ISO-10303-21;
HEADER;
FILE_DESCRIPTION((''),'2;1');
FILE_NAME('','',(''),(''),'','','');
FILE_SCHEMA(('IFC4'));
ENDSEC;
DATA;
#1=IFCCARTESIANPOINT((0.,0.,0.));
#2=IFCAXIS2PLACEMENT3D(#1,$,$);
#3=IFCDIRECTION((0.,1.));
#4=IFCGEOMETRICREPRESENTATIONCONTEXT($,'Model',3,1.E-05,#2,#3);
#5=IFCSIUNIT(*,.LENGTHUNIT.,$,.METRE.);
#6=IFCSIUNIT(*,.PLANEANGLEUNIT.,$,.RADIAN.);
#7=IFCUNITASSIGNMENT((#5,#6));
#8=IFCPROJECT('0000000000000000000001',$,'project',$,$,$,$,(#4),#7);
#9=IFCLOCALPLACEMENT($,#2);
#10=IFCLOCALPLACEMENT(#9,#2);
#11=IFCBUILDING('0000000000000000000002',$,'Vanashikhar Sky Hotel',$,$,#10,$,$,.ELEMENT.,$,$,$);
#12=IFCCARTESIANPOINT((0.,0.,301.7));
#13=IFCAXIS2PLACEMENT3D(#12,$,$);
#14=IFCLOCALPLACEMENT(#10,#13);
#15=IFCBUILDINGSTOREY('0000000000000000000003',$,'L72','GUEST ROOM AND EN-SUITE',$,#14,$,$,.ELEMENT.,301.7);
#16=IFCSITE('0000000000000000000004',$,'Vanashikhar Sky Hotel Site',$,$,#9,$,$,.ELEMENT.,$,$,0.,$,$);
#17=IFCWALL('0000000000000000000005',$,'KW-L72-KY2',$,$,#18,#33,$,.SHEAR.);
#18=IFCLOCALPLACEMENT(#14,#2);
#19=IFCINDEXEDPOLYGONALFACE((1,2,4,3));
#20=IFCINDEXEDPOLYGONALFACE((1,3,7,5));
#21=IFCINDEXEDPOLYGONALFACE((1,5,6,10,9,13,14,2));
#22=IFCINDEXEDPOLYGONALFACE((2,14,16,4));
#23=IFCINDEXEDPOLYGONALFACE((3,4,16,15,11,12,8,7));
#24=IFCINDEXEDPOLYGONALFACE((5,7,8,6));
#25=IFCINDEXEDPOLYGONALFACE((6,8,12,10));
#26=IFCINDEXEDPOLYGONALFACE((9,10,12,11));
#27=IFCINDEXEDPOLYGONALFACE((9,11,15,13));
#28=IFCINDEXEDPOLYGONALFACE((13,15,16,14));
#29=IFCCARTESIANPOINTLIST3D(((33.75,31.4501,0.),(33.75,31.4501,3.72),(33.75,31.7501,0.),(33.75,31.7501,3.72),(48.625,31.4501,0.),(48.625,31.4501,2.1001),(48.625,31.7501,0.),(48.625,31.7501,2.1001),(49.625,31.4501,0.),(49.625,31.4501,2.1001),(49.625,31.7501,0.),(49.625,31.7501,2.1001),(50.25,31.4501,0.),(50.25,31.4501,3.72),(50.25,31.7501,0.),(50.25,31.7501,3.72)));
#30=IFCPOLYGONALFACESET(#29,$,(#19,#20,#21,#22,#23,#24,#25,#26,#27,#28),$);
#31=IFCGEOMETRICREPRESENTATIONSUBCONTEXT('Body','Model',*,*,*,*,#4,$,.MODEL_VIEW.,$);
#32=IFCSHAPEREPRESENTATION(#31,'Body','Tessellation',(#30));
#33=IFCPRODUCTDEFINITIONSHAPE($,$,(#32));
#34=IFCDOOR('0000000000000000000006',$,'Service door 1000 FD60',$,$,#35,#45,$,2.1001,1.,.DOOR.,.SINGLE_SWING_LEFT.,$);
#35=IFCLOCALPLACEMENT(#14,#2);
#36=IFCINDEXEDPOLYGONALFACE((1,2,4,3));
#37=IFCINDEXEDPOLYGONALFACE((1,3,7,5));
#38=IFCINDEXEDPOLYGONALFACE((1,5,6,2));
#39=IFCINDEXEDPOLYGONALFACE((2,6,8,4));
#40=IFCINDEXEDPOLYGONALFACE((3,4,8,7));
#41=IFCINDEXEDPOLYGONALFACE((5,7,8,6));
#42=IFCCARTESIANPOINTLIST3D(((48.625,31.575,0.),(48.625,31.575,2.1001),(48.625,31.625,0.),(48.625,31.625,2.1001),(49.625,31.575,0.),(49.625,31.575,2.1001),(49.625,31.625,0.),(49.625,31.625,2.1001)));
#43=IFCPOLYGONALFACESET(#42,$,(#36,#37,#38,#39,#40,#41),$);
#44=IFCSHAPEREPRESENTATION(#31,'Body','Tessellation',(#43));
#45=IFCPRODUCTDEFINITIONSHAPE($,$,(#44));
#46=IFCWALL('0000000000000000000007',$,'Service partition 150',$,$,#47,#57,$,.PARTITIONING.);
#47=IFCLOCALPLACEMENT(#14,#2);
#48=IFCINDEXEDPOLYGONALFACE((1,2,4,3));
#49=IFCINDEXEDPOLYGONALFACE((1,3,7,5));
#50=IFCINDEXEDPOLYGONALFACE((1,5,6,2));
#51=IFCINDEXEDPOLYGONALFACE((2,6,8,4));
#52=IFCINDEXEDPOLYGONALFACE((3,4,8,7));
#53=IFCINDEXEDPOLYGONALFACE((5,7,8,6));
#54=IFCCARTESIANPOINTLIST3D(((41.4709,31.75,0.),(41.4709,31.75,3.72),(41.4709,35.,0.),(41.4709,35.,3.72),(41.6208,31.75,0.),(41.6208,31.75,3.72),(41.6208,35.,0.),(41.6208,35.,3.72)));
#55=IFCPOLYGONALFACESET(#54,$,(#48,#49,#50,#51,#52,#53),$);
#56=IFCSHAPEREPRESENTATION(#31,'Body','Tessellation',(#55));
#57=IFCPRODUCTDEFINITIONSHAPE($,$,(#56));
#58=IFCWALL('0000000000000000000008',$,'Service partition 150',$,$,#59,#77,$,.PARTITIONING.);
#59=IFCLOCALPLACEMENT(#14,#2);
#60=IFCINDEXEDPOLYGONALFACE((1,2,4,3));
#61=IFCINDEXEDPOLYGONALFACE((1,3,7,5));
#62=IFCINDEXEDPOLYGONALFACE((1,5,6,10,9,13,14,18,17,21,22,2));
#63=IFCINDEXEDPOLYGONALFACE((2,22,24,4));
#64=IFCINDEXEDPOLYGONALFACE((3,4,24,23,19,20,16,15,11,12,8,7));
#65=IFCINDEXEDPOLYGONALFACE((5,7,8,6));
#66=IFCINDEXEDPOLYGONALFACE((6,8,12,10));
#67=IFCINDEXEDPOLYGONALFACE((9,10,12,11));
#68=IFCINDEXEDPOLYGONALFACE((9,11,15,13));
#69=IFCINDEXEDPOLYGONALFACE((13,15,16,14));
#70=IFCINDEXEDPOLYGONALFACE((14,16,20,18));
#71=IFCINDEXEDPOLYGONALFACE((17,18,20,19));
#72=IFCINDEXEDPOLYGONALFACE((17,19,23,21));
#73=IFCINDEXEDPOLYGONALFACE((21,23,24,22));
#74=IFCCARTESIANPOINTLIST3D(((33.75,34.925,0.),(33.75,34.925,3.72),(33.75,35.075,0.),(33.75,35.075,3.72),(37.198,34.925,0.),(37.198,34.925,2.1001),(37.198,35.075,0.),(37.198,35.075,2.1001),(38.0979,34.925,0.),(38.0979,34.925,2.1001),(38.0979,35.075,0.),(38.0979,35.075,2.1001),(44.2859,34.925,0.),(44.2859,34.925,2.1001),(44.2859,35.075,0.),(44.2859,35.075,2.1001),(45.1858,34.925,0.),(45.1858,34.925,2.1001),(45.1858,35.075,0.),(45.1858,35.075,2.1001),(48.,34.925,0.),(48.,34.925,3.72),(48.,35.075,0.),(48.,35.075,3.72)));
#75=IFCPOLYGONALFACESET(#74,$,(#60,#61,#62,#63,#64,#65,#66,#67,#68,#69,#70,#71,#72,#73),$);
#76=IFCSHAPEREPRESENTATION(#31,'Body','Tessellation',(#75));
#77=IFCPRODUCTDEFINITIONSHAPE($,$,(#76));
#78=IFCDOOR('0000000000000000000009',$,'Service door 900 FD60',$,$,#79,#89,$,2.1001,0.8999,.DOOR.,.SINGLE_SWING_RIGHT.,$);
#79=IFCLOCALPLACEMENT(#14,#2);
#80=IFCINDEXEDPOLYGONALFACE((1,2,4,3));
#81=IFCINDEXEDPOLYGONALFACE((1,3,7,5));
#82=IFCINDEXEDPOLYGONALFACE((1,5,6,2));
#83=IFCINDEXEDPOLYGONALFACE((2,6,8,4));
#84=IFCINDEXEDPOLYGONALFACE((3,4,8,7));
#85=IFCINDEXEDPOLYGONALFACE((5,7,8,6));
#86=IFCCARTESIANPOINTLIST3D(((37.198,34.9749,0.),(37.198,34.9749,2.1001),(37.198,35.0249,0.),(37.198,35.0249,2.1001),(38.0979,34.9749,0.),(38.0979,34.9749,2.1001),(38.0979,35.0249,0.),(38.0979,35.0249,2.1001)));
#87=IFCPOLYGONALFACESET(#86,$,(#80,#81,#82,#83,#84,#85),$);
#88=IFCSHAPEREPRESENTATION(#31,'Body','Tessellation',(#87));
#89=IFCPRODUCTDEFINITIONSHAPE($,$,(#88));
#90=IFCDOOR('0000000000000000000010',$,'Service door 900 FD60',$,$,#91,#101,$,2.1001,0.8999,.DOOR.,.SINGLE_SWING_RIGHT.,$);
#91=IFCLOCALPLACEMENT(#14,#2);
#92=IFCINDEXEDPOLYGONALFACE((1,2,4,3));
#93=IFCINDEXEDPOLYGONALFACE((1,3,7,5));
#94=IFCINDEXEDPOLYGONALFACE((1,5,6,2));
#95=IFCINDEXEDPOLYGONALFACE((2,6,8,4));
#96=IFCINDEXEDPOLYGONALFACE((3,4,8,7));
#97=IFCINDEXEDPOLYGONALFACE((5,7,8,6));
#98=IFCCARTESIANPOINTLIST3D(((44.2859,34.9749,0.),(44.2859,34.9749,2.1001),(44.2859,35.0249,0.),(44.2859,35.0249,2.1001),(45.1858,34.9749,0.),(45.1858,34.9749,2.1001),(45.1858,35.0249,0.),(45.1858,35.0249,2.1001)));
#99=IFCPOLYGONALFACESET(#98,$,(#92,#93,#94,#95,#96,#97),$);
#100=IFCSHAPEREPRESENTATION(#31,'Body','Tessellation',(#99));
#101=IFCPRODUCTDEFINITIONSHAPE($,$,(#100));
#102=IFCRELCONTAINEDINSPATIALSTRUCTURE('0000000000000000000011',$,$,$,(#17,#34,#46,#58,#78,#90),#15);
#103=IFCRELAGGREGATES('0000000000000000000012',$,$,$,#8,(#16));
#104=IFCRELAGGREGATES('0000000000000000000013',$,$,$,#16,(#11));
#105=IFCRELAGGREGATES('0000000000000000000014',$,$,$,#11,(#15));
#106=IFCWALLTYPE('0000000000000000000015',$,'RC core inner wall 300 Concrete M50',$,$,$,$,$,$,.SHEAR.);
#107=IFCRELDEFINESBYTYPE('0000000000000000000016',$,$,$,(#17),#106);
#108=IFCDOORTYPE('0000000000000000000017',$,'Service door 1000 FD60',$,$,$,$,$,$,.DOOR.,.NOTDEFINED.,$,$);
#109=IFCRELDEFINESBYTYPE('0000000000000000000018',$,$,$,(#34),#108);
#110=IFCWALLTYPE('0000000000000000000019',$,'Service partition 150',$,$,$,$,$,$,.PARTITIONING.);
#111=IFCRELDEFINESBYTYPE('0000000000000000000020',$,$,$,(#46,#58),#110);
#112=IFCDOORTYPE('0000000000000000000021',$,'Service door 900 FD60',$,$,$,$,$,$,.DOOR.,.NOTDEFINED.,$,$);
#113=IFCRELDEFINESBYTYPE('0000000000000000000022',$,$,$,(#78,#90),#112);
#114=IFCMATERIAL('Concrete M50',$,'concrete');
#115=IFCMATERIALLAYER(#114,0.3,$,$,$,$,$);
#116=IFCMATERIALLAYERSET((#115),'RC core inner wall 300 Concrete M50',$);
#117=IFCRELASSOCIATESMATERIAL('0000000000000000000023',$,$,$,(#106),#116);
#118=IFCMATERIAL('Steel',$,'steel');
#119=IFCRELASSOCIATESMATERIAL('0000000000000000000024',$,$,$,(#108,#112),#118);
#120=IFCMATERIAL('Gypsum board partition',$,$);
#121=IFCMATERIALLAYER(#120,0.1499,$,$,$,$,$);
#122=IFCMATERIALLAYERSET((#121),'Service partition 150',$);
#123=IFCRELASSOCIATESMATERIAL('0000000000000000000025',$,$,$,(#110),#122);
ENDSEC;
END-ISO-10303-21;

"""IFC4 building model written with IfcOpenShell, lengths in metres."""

from ifc_helpers import new_model, si_unit, direction, frame, frame_2d, origin, place, context, subcontext, project, spatial, rectangle, extrude, source, transform, mapped, material, layer, layer_set, type_object, element, fill, save


model = new_model("IFC4")

# Units and contexts
model_context = context("Model", 3, precision=1e-05, world=origin(), true_north=direction((0.0, 1.0)))
body_context = subcontext(model_context, "Body", "Model", "MODEL_VIEW")
ifc_project = project(units=[si_unit("LENGTHUNIT", "METRE"), si_unit("PLANEANGLEUNIT", "RADIAN")], contexts=[model_context])

# Site, building, storey
site_placement = place(None, origin())
site = spatial("IfcSite", under=ifc_project, at=site_placement, Name="Vanashikhar Sky Hotel Site", CompositionType="ELEMENT", RefElevation=0.0)
building_placement = place(site_placement, origin())
building = spatial("IfcBuilding", under=site, at=building_placement, Name="Vanashikhar Sky Hotel", CompositionType="ELEMENT")
storey_placement = place(building_placement, frame((0.0, 0.0, 301.7)))
storey = spatial("IfcBuildingStorey", under=building, at=storey_placement, Name="L72", Description="GUEST ROOM AND EN-SUITE", CompositionType="ELEMENT", Elevation=301.7)

# Wall, opening, door
ifc_material_1 = material(Name="Concrete M50", Category="concrete")
ifc_layer_1 = layer(ifc_material_1, 0.3)
ifc_layer_set_1 = layer_set([ifc_layer_1], Name="RC core inner wall 300 Concrete M50")
wall_type_1 = type_object("IfcWallType", Name="RC core inner wall 300 Concrete M50", PredefinedType="SHEAR", material=ifc_layer_set_1)
shared_shape_1 = source(origin(), body_context, "Body", "SweptSolid", [
    extrude(rectangle(XDim=16.5, YDim=0.3, at=frame_2d((8.25, 0.0))), origin(), (0.0, 0.0, 1.0), 3.72),
])
wall_1_placement = place(storey_placement, frame((33.75, 31.6001, 0.0), z_axis=(0.0, 0.0, 1.0), x_axis=(1.0, 0.0, 0.0)))
wall_1 = element("IfcWall", 1, at=wall_1_placement, inside=storey, type_object=wall_type_1, Name="KW-L72-KY2", PredefinedType="SHEAR", context=body_context, shape_type="MappedRepresentation", body=[
    mapped(shared_shape_1, transform((0.0, 0.0, 0.0), scale=1.0)),
])
shared_shape_2 = source(origin(), body_context, "Body", "SweptSolid", [
    extrude(rectangle(XDim=1.0, YDim=2.1001, at=frame_2d((0.5, 1.05))), frame((0.0, 0.1602, 0.0), z_axis=(0.0, -1.0, 0.0), x_axis=(1.0, 0.0, 0.0)), (0.0, 0.0, 1.0), 0.3201),
])
opening_1_placement = place(wall_1_placement, frame((14.875, 0.0, 0.0)))
opening_1 = element("IfcOpeningElement", 2, at=opening_1_placement, cuts=wall_1, PredefinedType="OPENING", context=body_context, shape_type="MappedRepresentation", body=[
    mapped(shared_shape_2, transform((0.0, 0.0, 0.0), scale=1.0)),
])
ifc_material_2 = material(Name="Steel", Category="steel")
door_type_1 = type_object("IfcDoorType", Name="Service door 1000 FD60", OperationType="NOTDEFINED", PredefinedType="DOOR", material=ifc_material_2)
shared_shape_3 = source(origin(), body_context, "Body", "SweptSolid", [
    extrude(rectangle(XDim=1.0, YDim=2.1001, at=frame_2d((0.5, 1.05))), frame((0.0, 0.0249, 0.0), z_axis=(0.0, -1.0, 0.0), x_axis=(1.0, 0.0, 0.0)), (0.0, 0.0, 1.0), 0.05),
])
door_1_placement = place(opening_1_placement, origin())
door_1 = element("IfcDoor", 3, at=door_1_placement, inside=storey, type_object=door_type_1, Name="Service door 1000 FD60", OperationType="SINGLE_SWING_LEFT", OverallHeight=2.1001, OverallWidth=1.0, PredefinedType="DOOR", context=body_context, shape_type="MappedRepresentation", body=[
    mapped(shared_shape_3, transform((0.0, 0.0, 0.0), scale=1.0)),
])
fill(opening_1, door_1)

# Wall
ifc_material_3 = material(Name="Gypsum board partition")
ifc_layer_2 = layer(ifc_material_3, 0.1499)
ifc_layer_set_2 = layer_set([ifc_layer_2], Name="Service partition 150")
wall_type_2 = type_object("IfcWallType", Name="Service partition 150", PredefinedType="PARTITIONING", material=ifc_layer_set_2)
shared_shape_4 = source(origin(), body_context, "Body", "SweptSolid", [
    extrude(rectangle(XDim=3.25, YDim=0.1499, at=frame_2d((1.625, 0.0))), origin(), (0.0, 0.0, 1.0), 3.72),
])
wall_2_placement = place(storey_placement, frame((41.5459, 31.75, 0.0), z_axis=(0.0, 0.0, 1.0), x_axis=(0.0, 1.0, 0.0)))
element("IfcWall", 4, at=wall_2_placement, inside=storey, type_object=wall_type_2, Name="Service partition 150", PredefinedType="PARTITIONING", context=body_context, shape_type="MappedRepresentation", body=[
    mapped(shared_shape_4, transform((0.0, 0.0, 0.0), scale=1.0)),
])

# Wall, openings, doors
shared_shape_5 = source(origin(), body_context, "Body", "SweptSolid", [
    extrude(rectangle(XDim=14.25, YDim=0.1499, at=frame_2d((7.125, 0.0))), origin(), (0.0, 0.0, 1.0), 3.72),
])
wall_3_placement = place(storey_placement, frame((33.75, 35.0, 0.0), z_axis=(0.0, 0.0, 1.0), x_axis=(1.0, 0.0, 0.0)))
wall_3 = element("IfcWall", 5, at=wall_3_placement, inside=storey, type_object=wall_type_2, Name="Service partition 150", PredefinedType="PARTITIONING", context=body_context, shape_type="MappedRepresentation", body=[
    mapped(shared_shape_5, transform((0.0, 0.0, 0.0), scale=1.0)),
])
shared_shape_6 = source(origin(), body_context, "Body", "SweptSolid", [
    extrude(rectangle(XDim=0.8999, YDim=2.1001, at=frame_2d((0.45, 1.05))), frame((0.0, 0.085, 0.0), z_axis=(0.0, -1.0, 0.0), x_axis=(1.0, 0.0, 0.0)), (0.0, 0.0, 1.0), 0.1699),
])
opening_2_placement = place(wall_3_placement, frame((3.448, 0.0, 0.0)))
opening_2 = element("IfcOpeningElement", 6, at=opening_2_placement, cuts=wall_3, PredefinedType="OPENING", context=body_context, shape_type="MappedRepresentation", body=[
    mapped(shared_shape_6, transform((0.0, 0.0, 0.0), scale=1.0)),
])
opening_3_placement = place(wall_3_placement, frame((10.5359, 0.0, 0.0)))
opening_3 = element("IfcOpeningElement", 7, at=opening_3_placement, cuts=wall_3, PredefinedType="OPENING", context=body_context, shape_type="MappedRepresentation", body=[
    mapped(shared_shape_6, transform((0.0, 0.0, 0.0), scale=1.0)),
])
door_type_2 = type_object("IfcDoorType", Name="Service door 900 FD60", OperationType="NOTDEFINED", PredefinedType="DOOR", material=ifc_material_2)
shared_shape_7 = source(origin(), body_context, "Body", "SweptSolid", [
    extrude(rectangle(XDim=0.8999, YDim=2.1001, at=frame_2d((0.45, 1.05))), frame((0.0, 0.0249, 0.0), z_axis=(0.0, -1.0, 0.0), x_axis=(1.0, 0.0, 0.0)), (0.0, 0.0, 1.0), 0.05),
])
door_2_placement = place(opening_2_placement, origin())
door_2 = element("IfcDoor", 8, at=door_2_placement, inside=storey, type_object=door_type_2, Name="Service door 900 FD60", OperationType="SINGLE_SWING_RIGHT", OverallHeight=2.1001, OverallWidth=0.8999, PredefinedType="DOOR", context=body_context, shape_type="MappedRepresentation", body=[
    mapped(shared_shape_7, transform((0.0, 0.0, 0.0), scale=1.0)),
])
fill(opening_2, door_2)
door_3_placement = place(opening_3_placement, origin())
door_3 = element("IfcDoor", 9, at=door_3_placement, inside=storey, type_object=door_type_2, Name="Service door 900 FD60", OperationType="SINGLE_SWING_RIGHT", OverallHeight=2.1001, OverallWidth=0.8999, PredefinedType="DOOR", context=body_context, shape_type="MappedRepresentation", body=[
    mapped(shared_shape_7, transform((0.0, 0.0, 0.0), scale=1.0)),
])
fill(opening_3, door_3)

save(model, "model.ifc")
